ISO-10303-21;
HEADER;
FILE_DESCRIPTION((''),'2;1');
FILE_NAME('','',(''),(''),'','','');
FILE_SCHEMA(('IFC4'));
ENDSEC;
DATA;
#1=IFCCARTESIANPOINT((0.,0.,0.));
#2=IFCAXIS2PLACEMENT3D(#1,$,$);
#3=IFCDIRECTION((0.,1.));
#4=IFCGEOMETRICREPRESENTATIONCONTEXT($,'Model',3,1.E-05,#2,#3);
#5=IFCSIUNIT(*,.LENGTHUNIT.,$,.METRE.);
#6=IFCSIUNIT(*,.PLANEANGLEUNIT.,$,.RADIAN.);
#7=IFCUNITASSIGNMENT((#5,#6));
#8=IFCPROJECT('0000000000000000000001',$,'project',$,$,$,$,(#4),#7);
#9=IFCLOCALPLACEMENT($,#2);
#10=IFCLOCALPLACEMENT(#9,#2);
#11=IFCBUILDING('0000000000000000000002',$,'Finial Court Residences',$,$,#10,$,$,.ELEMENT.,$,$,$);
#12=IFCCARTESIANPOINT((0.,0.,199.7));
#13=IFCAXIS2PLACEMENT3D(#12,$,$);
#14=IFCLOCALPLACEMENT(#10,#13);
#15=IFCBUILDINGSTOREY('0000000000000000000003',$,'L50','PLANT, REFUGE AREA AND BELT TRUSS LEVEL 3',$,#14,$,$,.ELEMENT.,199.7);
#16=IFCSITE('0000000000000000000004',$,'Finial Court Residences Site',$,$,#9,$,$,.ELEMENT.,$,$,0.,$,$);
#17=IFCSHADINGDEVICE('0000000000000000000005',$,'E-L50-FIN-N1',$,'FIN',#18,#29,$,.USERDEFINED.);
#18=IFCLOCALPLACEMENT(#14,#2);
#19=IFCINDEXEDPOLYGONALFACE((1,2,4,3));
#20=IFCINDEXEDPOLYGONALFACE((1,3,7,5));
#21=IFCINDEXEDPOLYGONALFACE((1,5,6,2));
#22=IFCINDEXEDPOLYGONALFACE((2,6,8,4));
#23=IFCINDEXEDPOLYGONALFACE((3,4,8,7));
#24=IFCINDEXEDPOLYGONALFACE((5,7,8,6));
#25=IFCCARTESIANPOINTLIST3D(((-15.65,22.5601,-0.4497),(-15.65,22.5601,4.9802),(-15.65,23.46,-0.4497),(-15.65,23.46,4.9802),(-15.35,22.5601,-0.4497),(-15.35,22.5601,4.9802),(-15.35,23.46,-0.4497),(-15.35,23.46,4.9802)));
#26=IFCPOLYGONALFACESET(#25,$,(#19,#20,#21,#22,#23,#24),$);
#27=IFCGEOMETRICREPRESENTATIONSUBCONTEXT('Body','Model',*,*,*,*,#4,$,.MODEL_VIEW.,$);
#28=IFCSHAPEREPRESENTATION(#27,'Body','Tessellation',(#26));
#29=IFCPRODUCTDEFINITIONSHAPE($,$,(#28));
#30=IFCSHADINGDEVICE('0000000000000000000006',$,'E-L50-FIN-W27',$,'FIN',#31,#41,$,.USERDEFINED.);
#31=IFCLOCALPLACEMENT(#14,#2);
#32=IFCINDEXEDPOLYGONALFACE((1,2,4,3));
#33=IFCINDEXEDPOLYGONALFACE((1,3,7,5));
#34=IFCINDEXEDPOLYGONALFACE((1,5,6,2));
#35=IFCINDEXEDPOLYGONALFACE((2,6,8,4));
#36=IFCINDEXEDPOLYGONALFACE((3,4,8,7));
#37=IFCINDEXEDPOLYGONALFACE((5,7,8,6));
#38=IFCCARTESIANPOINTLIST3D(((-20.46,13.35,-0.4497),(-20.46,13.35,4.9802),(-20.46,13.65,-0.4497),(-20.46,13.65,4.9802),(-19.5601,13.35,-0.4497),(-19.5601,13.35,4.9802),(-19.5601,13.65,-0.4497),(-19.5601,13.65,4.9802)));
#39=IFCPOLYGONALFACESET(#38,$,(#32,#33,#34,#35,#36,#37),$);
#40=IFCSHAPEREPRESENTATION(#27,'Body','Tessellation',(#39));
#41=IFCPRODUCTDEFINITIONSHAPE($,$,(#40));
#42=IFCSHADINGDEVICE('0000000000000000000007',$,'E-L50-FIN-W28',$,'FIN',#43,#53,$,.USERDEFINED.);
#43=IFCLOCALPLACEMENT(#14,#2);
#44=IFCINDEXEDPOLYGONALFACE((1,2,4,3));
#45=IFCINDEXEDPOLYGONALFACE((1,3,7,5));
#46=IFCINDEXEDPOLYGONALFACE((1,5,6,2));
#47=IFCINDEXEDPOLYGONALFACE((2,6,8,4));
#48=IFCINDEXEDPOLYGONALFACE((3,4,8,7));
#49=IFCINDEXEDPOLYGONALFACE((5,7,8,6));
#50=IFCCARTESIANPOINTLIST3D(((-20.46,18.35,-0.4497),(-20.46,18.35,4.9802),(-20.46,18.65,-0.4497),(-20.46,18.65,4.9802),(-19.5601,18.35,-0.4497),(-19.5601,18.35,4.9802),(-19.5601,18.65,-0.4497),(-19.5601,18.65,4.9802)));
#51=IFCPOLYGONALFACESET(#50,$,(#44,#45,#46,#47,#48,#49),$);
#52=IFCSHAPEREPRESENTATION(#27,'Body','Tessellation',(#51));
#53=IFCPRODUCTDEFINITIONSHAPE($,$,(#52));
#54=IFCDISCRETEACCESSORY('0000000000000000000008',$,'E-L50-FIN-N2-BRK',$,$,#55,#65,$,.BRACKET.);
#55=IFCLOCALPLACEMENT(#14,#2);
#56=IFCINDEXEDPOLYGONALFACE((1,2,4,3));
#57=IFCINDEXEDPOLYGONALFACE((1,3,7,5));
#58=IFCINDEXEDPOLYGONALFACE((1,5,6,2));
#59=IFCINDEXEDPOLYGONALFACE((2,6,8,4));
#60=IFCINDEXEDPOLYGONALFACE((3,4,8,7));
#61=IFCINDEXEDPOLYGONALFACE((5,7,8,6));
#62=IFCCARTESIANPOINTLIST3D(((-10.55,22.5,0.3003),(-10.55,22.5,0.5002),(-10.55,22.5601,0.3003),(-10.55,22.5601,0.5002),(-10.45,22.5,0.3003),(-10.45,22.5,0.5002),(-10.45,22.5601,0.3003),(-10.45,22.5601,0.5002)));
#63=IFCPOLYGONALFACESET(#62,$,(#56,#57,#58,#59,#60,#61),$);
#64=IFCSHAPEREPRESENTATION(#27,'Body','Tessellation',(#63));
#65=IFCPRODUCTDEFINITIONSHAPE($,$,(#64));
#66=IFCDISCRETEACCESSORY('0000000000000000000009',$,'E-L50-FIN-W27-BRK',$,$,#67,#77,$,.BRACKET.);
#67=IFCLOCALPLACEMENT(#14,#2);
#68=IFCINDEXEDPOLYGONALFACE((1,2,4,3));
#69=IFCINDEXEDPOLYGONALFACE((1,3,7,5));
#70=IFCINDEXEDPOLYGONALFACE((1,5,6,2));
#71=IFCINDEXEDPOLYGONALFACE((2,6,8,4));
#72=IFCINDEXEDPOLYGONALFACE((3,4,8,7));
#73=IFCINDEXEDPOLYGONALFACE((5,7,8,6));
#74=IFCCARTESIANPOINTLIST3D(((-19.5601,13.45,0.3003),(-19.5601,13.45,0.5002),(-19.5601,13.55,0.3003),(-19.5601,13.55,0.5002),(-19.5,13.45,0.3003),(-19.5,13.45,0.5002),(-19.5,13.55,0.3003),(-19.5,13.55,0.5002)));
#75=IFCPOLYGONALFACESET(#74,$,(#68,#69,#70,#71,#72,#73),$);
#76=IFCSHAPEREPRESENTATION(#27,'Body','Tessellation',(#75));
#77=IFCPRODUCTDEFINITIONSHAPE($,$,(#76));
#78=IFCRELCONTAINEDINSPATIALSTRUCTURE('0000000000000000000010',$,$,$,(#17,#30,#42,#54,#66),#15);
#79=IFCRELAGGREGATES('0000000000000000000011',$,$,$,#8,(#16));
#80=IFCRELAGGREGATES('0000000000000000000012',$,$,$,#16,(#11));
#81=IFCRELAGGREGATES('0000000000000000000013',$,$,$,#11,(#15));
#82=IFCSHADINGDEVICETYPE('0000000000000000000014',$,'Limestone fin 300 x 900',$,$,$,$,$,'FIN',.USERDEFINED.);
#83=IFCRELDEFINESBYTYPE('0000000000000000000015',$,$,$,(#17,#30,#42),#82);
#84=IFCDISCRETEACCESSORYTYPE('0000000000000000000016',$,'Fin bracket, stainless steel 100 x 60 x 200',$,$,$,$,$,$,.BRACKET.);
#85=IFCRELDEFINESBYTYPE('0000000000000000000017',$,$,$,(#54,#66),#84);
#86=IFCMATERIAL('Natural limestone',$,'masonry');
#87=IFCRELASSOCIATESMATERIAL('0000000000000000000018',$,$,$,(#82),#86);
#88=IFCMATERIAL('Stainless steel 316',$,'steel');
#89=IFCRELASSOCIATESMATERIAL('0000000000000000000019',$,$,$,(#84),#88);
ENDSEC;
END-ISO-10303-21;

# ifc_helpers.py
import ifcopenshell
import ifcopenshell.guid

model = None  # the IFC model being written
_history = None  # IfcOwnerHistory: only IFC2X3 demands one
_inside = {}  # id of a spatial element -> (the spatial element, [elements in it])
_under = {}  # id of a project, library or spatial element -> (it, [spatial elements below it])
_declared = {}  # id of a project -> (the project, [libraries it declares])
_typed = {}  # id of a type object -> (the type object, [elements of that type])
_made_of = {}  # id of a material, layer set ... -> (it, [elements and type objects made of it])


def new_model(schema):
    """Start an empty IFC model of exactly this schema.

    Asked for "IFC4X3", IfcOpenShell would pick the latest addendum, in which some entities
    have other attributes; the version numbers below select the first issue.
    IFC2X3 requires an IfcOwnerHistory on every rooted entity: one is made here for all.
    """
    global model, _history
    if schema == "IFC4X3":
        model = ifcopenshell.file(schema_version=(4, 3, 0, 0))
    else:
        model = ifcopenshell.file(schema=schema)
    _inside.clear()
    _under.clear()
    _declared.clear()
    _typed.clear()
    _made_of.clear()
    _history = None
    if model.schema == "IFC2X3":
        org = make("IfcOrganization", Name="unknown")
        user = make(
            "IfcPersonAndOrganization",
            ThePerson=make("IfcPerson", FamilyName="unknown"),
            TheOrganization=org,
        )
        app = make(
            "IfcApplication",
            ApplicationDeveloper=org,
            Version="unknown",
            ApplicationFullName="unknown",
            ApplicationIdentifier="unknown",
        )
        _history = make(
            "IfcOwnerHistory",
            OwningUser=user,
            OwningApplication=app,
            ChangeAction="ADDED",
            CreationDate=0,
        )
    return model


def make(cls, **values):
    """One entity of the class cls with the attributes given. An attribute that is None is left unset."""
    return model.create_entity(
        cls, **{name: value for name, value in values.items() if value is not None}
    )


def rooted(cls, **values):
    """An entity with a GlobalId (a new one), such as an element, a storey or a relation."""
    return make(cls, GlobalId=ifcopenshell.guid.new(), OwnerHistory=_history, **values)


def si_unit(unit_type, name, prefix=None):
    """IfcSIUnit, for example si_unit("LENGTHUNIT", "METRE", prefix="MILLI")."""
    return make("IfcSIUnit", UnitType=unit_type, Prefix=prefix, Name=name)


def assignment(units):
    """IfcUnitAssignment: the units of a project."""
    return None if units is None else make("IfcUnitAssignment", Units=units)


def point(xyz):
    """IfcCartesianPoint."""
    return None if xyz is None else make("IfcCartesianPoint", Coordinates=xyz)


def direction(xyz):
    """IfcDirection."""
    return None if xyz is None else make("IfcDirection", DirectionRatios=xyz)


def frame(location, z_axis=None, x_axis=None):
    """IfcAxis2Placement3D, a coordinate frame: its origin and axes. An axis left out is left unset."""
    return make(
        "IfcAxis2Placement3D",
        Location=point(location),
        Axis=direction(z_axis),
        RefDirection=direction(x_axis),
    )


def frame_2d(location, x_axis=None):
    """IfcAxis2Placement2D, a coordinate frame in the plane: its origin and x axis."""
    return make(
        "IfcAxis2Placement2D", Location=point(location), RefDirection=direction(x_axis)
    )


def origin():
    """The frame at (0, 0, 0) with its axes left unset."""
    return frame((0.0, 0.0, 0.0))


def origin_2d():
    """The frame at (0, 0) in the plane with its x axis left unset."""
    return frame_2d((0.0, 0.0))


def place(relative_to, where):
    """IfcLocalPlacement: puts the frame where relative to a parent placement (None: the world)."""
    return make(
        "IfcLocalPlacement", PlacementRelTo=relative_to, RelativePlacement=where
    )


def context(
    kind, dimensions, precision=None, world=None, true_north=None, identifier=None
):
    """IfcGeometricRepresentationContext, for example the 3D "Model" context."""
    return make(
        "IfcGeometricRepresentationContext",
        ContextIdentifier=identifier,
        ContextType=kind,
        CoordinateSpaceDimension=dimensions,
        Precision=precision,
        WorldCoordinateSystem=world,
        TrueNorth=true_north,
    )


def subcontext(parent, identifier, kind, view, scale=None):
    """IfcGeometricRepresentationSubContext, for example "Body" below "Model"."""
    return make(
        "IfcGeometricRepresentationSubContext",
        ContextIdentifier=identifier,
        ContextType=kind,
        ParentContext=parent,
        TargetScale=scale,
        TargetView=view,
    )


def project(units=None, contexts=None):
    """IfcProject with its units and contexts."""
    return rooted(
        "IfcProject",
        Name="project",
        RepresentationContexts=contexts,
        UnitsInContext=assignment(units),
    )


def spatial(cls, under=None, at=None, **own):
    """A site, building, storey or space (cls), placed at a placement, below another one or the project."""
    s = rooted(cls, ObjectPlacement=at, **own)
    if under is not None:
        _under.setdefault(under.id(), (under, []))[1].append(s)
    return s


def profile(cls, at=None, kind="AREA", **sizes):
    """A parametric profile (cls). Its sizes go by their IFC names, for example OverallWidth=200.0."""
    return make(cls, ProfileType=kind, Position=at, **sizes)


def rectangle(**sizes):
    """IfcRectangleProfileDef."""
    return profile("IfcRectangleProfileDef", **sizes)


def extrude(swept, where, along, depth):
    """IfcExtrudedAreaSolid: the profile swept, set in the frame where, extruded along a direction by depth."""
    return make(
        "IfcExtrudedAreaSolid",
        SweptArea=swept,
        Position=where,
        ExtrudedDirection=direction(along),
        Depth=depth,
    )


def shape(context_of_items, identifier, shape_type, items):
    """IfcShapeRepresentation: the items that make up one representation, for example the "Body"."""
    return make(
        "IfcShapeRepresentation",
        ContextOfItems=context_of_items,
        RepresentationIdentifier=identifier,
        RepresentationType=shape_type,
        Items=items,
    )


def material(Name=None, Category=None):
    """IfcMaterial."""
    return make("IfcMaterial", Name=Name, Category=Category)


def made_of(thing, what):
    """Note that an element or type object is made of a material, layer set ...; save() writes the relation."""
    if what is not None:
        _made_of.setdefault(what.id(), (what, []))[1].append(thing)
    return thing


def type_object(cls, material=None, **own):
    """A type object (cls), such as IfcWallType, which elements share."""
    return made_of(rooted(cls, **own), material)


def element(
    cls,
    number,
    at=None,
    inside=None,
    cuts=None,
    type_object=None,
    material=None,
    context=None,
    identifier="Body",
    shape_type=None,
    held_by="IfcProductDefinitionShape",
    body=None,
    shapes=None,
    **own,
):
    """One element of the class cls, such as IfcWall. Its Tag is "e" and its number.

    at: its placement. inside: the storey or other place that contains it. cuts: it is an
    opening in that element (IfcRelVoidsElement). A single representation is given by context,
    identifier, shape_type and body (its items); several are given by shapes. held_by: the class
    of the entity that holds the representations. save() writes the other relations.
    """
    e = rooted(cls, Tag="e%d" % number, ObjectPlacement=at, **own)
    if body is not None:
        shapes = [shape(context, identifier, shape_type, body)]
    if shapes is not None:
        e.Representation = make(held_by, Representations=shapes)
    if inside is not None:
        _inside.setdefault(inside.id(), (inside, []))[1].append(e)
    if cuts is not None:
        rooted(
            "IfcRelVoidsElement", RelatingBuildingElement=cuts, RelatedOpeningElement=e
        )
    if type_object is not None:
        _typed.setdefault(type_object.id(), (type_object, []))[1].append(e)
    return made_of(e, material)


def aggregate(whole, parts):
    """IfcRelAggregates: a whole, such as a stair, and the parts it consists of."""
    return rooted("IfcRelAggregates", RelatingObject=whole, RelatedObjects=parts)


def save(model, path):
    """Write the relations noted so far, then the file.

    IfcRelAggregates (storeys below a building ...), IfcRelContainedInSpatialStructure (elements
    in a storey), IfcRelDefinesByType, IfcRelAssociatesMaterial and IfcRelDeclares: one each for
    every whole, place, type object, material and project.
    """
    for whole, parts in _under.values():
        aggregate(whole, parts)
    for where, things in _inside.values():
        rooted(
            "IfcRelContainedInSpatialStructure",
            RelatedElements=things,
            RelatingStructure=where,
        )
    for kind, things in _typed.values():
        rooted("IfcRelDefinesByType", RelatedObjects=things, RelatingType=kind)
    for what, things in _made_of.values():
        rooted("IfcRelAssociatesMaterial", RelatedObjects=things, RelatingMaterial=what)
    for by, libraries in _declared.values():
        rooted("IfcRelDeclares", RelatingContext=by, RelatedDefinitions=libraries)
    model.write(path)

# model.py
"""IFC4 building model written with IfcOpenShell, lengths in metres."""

from ifc_helpers import new_model, si_unit, direction, frame, origin, origin_2d, place, context, subcontext, project, spatial, rectangle, extrude, material, type_object, element, save


model = new_model("IFC4")

# Units and contexts
model_context = context("Model", 3, precision=1e-05, world=origin(), true_north=direction((0.0, 1.0)))
body_context = subcontext(model_context, "Body", "Model", "MODEL_VIEW")
ifc_project = project(units=[si_unit("LENGTHUNIT", "METRE"), si_unit("PLANEANGLEUNIT", "RADIAN")], contexts=[model_context])

# Site, building, storey
site_placement = place(None, origin())
site = spatial("IfcSite", under=ifc_project, at=site_placement, Name="Finial Court Residences Site", CompositionType="ELEMENT", RefElevation=0.0)
building_placement = place(site_placement, origin())
building = spatial("IfcBuilding", under=site, at=building_placement, Name="Finial Court Residences", CompositionType="ELEMENT")
storey_placement = place(building_placement, frame((0.0, 0.0, 199.7)))
storey = spatial("IfcBuildingStorey", under=building, at=storey_placement, Name="L50", Description="PLANT, REFUGE AREA AND BELT TRUSS LEVEL 3", CompositionType="ELEMENT", Elevation=199.7)

# Shared definitions
ifc_material_1 = material(Name="Natural limestone", Category="masonry")

# Shading devices
shading_device_type = type_object("IfcShadingDeviceType", Name="Limestone fin 300 x 900", ElementType="FIN", PredefinedType="USERDEFINED", material=ifc_material_1)
shading_device_placement = place(storey_placement, frame((-15.5, 23.01, -0.4497), z_axis=(0.0, 0.0, 1.0), x_axis=(1.0, 0.0, 0.0)))
element("IfcShadingDevice", 1, at=shading_device_placement, inside=storey, type_object=shading_device_type, Name="E-L50-FIN-N1", ObjectType="FIN", PredefinedType="USERDEFINED", context=body_context, shape_type="SweptSolid", body=[
    extrude(rectangle(XDim=0.3, YDim=0.8999, at=origin_2d()), origin(), (0.0, 0.0, 1.0), 5.4299),
])
for number, where, z_axis, x_axis, name in (
    (2, (-20.01, 13.5, -0.4497), (0.0, 0.0, 1.0), (1.0, 0.0, 0.0), "E-L50-FIN-W27"),
    (3, (-20.01, 18.5, -0.4497), (0.0, 0.0, 1.0), (1.0, 0.0, 0.0), "E-L50-FIN-W28"),
):
    element("IfcShadingDevice", number, at=place(storey_placement, frame(where, z_axis=z_axis, x_axis=x_axis)), inside=storey, type_object=shading_device_type, Name=name, ObjectType="FIN", PredefinedType="USERDEFINED", context=body_context, shape_type="SweptSolid", body=[
        extrude(rectangle(XDim=0.8999, YDim=0.3, at=origin_2d()), origin(), (0.0, 0.0, 1.0), 5.4299),
    ])

# Discrete accessories
ifc_material_2 = material(Name="Stainless steel 316", Category="steel")
discrete_accessory_type = type_object("IfcDiscreteAccessoryType", Name="Fin bracket, stainless steel 100 x 60 x 200", PredefinedType="BRACKET", material=ifc_material_2)
discrete_accessory_1_placement = place(storey_placement, frame((-10.5, 22.53, 0.3003), z_axis=(0.0, 0.0, 1.0), x_axis=(1.0, 0.0, 0.0)))
element("IfcDiscreteAccessory", 4, at=discrete_accessory_1_placement, inside=storey, type_object=discrete_accessory_type, Name="E-L50-FIN-N2-BRK", PredefinedType="BRACKET", context=body_context, shape_type="SweptSolid", body=[
    extrude(rectangle(XDim=0.1001, YDim=0.0601, at=origin_2d()), origin(), (0.0, 0.0, 1.0), 0.2),
])
discrete_accessory_2_placement = place(storey_placement, frame((-19.53, 13.5, 0.3003), z_axis=(0.0, 0.0, 1.0), x_axis=(1.0, 0.0, 0.0)))
element("IfcDiscreteAccessory", 5, at=discrete_accessory_2_placement, inside=storey, type_object=discrete_accessory_type, Name="E-L50-FIN-W27-BRK", PredefinedType="BRACKET", context=body_context, shape_type="SweptSolid", body=[
    extrude(rectangle(XDim=0.0601, YDim=0.1001, at=origin_2d()), origin(), (0.0, 0.0, 1.0), 0.2),
])

save(model, "model.ifc")
